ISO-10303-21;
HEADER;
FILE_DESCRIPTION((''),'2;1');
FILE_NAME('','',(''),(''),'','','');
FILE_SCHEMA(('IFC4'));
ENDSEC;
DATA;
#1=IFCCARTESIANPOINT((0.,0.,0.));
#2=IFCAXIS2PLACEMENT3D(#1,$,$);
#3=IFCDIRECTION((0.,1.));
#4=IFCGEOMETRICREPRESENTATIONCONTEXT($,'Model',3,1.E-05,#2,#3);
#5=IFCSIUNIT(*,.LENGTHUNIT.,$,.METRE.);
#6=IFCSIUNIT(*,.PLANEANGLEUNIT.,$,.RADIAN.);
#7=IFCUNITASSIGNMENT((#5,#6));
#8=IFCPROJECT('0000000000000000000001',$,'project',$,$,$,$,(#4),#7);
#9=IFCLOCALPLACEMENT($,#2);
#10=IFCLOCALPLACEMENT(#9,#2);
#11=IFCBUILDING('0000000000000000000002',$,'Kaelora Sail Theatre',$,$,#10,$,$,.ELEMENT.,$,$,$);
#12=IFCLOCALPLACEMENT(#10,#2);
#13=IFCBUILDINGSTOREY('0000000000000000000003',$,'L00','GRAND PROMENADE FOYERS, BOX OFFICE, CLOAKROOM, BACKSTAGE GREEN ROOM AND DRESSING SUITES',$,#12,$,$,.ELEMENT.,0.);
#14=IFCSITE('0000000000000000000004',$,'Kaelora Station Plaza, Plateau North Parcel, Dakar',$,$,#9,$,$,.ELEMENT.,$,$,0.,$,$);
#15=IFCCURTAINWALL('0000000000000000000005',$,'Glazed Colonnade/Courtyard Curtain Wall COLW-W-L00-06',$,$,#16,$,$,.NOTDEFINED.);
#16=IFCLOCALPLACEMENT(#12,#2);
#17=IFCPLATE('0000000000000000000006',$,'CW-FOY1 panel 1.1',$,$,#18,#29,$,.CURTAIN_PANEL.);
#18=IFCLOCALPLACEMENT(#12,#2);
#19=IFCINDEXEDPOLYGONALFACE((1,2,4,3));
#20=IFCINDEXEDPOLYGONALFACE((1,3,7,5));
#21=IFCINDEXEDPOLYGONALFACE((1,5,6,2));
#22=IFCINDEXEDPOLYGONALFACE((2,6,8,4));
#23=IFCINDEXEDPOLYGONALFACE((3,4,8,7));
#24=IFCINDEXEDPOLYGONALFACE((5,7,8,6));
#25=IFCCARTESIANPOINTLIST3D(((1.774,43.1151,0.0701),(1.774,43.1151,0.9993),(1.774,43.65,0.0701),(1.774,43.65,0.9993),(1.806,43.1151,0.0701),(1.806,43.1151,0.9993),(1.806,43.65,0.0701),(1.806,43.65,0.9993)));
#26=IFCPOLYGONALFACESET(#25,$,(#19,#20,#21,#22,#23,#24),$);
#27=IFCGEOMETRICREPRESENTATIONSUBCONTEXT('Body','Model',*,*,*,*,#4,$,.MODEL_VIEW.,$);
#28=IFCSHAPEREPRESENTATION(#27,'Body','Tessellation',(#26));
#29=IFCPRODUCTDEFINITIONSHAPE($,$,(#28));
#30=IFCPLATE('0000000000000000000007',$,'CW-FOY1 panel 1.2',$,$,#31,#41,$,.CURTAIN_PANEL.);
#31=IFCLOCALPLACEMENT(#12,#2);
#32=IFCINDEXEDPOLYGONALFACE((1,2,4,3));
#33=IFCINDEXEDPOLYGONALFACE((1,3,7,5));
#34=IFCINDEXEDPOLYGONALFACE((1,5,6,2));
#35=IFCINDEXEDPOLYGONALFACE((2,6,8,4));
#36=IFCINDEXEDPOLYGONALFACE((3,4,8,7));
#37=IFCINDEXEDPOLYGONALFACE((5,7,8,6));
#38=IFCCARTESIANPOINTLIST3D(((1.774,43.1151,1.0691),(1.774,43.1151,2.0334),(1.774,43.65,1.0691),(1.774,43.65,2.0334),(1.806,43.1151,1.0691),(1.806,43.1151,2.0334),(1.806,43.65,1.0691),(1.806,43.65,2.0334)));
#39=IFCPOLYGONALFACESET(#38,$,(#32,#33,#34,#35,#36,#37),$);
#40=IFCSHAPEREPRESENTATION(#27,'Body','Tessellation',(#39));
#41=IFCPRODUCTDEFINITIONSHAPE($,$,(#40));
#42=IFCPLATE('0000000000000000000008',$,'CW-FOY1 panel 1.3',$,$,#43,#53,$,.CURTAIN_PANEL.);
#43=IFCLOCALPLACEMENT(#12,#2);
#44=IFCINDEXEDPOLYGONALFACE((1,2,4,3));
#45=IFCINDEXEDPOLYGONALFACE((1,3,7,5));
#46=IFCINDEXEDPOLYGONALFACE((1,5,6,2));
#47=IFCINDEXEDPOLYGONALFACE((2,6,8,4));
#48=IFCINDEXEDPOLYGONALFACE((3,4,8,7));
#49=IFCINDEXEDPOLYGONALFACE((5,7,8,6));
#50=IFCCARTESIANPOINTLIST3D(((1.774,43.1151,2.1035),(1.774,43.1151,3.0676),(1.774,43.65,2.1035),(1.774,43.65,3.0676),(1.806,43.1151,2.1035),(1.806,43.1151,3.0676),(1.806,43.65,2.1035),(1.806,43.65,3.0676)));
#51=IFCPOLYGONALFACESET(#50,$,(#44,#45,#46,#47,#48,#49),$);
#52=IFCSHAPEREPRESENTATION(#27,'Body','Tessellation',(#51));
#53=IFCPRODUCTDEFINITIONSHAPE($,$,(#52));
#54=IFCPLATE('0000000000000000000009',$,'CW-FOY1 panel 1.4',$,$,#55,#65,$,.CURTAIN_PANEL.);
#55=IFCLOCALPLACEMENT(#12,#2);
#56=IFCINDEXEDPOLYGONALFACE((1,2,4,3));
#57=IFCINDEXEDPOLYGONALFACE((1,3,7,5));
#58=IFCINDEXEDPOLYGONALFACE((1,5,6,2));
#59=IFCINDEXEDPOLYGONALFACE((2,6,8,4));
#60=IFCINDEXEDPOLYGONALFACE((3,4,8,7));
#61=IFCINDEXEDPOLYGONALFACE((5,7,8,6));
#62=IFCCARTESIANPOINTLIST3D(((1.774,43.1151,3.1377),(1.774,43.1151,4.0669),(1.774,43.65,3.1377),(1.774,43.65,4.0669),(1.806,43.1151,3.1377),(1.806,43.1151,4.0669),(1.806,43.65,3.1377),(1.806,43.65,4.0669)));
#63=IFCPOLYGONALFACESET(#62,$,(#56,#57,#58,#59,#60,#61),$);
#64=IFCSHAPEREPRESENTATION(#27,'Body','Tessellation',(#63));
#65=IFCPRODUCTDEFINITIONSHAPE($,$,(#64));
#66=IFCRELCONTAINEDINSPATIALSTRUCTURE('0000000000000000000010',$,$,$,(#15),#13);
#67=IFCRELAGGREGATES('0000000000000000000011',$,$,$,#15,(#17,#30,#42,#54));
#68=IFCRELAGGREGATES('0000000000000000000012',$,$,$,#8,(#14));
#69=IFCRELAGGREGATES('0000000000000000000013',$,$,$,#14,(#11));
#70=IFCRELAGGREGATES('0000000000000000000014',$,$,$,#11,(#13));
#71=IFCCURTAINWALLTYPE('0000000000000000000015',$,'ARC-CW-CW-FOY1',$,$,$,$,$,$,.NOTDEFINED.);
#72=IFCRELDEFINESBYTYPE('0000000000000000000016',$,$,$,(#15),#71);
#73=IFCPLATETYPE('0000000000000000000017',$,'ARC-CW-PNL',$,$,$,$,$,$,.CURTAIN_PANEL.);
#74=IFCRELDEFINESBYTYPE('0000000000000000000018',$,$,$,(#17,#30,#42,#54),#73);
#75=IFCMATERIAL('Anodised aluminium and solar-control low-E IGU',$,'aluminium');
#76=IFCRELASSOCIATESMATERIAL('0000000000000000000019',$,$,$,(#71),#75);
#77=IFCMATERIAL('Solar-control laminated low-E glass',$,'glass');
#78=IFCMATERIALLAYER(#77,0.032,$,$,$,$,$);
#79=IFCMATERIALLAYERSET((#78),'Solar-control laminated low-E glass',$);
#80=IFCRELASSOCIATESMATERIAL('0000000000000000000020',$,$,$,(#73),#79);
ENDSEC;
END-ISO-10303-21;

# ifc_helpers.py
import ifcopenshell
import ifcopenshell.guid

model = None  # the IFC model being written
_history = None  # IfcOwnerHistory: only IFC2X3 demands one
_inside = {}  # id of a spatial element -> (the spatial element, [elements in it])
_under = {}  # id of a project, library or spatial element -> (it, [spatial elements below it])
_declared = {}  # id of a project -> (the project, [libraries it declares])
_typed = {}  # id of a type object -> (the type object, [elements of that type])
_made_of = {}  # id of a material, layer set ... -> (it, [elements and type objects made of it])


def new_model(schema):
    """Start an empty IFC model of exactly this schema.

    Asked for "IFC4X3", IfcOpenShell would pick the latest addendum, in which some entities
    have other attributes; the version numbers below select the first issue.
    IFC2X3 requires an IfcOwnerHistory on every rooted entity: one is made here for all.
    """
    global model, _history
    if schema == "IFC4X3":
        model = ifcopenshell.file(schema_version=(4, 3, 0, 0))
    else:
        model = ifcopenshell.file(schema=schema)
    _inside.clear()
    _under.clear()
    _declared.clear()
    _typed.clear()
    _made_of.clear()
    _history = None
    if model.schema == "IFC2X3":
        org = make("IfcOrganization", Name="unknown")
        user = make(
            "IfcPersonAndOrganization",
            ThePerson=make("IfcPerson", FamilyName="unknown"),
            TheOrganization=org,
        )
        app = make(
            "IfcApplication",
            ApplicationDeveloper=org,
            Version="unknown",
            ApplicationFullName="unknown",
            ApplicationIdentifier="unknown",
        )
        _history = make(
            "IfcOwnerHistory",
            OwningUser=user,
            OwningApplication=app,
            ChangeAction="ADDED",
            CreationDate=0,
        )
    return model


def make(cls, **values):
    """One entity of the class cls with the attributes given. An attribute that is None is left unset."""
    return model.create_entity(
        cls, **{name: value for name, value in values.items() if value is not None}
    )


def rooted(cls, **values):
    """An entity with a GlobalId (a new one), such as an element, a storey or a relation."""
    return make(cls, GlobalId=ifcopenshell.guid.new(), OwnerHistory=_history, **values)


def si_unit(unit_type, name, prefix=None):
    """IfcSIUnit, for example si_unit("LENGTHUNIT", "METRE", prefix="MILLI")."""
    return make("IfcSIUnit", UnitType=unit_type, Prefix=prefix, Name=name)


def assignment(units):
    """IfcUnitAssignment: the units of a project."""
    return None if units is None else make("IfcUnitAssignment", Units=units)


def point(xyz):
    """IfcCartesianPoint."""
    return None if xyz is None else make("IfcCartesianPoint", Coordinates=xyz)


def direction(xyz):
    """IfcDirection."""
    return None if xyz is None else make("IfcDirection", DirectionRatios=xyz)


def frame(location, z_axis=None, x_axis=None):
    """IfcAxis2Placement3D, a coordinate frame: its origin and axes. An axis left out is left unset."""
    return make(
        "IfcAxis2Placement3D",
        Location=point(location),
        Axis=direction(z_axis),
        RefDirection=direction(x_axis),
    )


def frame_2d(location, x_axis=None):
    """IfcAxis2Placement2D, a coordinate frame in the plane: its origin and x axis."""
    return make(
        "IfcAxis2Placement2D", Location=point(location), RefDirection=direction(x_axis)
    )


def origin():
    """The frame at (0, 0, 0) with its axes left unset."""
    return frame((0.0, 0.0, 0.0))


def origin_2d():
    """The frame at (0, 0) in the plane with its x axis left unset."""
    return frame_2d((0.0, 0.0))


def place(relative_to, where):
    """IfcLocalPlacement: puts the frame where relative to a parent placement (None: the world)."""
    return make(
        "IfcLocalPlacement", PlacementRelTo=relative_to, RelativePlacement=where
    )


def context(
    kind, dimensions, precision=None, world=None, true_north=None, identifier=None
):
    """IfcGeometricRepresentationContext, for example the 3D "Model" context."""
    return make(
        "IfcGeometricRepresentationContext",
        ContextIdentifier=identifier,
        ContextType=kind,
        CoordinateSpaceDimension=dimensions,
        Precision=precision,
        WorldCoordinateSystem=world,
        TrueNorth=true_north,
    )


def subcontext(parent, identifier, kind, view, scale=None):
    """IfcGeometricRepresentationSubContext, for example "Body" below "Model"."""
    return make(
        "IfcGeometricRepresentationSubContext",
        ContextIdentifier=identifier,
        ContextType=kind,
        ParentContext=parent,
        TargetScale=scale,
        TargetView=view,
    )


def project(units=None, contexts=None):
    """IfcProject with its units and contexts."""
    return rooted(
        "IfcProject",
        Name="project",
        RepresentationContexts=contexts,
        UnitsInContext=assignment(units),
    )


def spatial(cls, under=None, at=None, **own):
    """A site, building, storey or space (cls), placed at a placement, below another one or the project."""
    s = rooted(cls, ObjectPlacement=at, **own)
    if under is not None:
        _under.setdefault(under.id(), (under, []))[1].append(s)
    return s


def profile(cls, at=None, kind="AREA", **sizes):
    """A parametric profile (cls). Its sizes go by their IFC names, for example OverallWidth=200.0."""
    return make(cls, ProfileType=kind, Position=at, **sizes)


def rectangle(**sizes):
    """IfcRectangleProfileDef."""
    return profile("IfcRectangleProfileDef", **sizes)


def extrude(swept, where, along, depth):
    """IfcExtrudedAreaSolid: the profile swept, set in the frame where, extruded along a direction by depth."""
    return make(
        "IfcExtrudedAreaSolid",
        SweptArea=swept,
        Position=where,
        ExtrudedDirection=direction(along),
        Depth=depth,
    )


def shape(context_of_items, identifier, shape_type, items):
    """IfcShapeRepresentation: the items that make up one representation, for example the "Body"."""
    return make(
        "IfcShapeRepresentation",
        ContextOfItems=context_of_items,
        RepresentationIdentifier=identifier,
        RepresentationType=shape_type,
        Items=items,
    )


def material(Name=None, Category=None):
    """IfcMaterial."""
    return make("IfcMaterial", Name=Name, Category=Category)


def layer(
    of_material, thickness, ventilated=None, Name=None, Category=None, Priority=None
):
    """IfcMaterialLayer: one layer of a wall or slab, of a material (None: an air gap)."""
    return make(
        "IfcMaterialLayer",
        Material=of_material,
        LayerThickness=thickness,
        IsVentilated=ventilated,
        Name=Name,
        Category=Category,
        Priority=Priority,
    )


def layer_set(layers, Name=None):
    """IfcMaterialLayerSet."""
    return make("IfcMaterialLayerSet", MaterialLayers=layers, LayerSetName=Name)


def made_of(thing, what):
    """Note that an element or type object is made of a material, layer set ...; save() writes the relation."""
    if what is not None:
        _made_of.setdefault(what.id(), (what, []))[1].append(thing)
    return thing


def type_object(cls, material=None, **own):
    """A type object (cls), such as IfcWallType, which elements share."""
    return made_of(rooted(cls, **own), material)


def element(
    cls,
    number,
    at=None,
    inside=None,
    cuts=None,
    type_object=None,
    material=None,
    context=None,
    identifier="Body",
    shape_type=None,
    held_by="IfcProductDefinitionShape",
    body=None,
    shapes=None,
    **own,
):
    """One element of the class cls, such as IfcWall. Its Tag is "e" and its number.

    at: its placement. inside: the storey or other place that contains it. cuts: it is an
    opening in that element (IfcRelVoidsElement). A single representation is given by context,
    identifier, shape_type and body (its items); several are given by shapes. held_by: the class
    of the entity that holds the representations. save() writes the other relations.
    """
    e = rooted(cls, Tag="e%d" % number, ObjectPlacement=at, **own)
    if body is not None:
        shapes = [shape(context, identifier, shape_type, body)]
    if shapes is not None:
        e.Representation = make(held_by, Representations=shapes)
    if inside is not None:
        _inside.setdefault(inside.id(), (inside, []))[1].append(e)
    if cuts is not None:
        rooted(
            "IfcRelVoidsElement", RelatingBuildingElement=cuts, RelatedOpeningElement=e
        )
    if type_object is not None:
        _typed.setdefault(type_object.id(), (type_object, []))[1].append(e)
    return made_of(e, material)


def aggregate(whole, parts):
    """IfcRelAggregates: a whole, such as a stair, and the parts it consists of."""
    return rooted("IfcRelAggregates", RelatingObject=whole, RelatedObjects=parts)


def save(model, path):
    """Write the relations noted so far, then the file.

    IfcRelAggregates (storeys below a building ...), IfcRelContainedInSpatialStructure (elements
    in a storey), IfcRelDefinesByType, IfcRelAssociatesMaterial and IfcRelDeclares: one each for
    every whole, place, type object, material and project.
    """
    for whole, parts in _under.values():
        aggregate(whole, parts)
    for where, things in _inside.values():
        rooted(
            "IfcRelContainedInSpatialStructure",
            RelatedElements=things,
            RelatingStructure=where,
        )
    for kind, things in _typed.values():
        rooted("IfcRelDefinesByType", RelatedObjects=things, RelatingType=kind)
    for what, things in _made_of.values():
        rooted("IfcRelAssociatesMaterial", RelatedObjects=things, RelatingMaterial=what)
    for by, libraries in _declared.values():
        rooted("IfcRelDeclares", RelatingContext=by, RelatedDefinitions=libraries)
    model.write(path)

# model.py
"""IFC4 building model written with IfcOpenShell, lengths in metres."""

from ifc_helpers import new_model, si_unit, direction, frame, origin, origin_2d, place, context, subcontext, project, spatial, rectangle, extrude, material, layer, layer_set, type_object, element, aggregate, save


model = new_model("IFC4")

# Units and contexts
model_context = context("Model", 3, precision=1e-05, world=origin(), true_north=direction((0.0, 1.0)))
body_context = subcontext(model_context, "Body", "Model", "MODEL_VIEW")
ifc_project = project(units=[si_unit("LENGTHUNIT", "METRE"), si_unit("PLANEANGLEUNIT", "RADIAN")], contexts=[model_context])

# Site, building, storey
site_placement = place(None, origin())
site = spatial("IfcSite", under=ifc_project, at=site_placement, Name="Kaelora Station Plaza, Plateau North Parcel, Dakar", CompositionType="ELEMENT", RefElevation=0.0)
building_placement = place(site_placement, origin())
building = spatial("IfcBuilding", under=site, at=building_placement, Name="Kaelora Sail Theatre", CompositionType="ELEMENT")
storey_placement = place(building_placement, origin())
storey = spatial("IfcBuildingStorey", under=building, at=storey_placement, Name="L00", Description="GRAND PROMENADE FOYERS, BOX OFFICE, CLOAKROOM, BACKSTAGE GREEN ROOM AND DRESSING SUITES", CompositionType="ELEMENT", Elevation=0.0)

# Shared definitions
ifc_material_1 = material(Name="Anodised aluminium and solar-control low-E IGU", Category="aluminium")
curtain_wall_type = type_object("IfcCurtainWallType", Name="ARC-CW-CW-FOY1", PredefinedType="NOTDEFINED", material=ifc_material_1)

# Curtain wall
curtain_wall_1_placement = place(storey_placement, origin())
curtain_wall_1 = element("IfcCurtainWall", 1, at=curtain_wall_1_placement, inside=storey, type_object=curtain_wall_type, Name="Glazed Colonnade/Courtyard Curtain Wall COLW-W-L00-06", PredefinedType="NOTDEFINED")

# Plates
ifc_material_2 = material(Name="Solar-control laminated low-E glass", Category="glass")
ifc_layer = layer(ifc_material_2, 0.032)
ifc_layer_set = layer_set([ifc_layer], Name="Solar-control laminated low-E glass")
plate_type = type_object("IfcPlateType", Name="ARC-CW-PNL", PredefinedType="CURTAIN_PANEL", material=ifc_layer_set)
plate_1_placement = place(storey_placement, frame((1.79, 43.3826, 0.0701), z_axis=(0.0, 0.0, 1.0), x_axis=(0.0, 1.0, 0.0)))
plate_1 = element("IfcPlate", 2, at=plate_1_placement, type_object=plate_type, Name="CW-FOY1 panel 1.1", PredefinedType="CURTAIN_PANEL", context=body_context, shape_type="SweptSolid", body=[
    extrude(rectangle(XDim=0.5349, YDim=0.032, at=origin_2d()), origin(), (0.0, 0.0, 1.0), 0.9292),
])
plate_2_placement = place(storey_placement, frame((1.79, 43.3826, 1.0691), z_axis=(0.0, 0.0, 1.0), x_axis=(0.0, 1.0, 0.0)))
plate_2 = element("IfcPlate", 3, at=plate_2_placement, type_object=plate_type, Name="CW-FOY1 panel 1.2", PredefinedType="CURTAIN_PANEL", context=body_context, shape_type="SweptSolid", body=[
    extrude(rectangle(XDim=0.5349, YDim=0.032, at=origin_2d()), origin(), (0.0, 0.0, 1.0), 0.9644),
])
plate_3_placement = place(storey_placement, frame((1.79, 43.3826, 2.1035), z_axis=(0.0, 0.0, 1.0), x_axis=(0.0, 1.0, 0.0)))
plate_3 = element("IfcPlate", 4, at=plate_3_placement, type_object=plate_type, Name="CW-FOY1 panel 1.3", PredefinedType="CURTAIN_PANEL", context=body_context, shape_type="SweptSolid", body=[
    extrude(rectangle(XDim=0.5349, YDim=0.032, at=origin_2d()), origin(), (0.0, 0.0, 1.0), 0.9641),
])
plate_4_placement = place(storey_placement, frame((1.79, 43.3826, 3.1377), z_axis=(0.0, 0.0, 1.0), x_axis=(0.0, 1.0, 0.0)))
plate_4 = element("IfcPlate", 5, at=plate_4_placement, type_object=plate_type, Name="CW-FOY1 panel 1.4", PredefinedType="CURTAIN_PANEL", context=body_context, shape_type="SweptSolid", body=[
    extrude(rectangle(XDim=0.5349, YDim=0.032, at=origin_2d()), origin(), (0.0, 0.0, 1.0), 0.9292),
])
aggregate(curtain_wall_1, [plate_1, plate_2, plate_3, plate_4])

save(model, "model.ifc")
